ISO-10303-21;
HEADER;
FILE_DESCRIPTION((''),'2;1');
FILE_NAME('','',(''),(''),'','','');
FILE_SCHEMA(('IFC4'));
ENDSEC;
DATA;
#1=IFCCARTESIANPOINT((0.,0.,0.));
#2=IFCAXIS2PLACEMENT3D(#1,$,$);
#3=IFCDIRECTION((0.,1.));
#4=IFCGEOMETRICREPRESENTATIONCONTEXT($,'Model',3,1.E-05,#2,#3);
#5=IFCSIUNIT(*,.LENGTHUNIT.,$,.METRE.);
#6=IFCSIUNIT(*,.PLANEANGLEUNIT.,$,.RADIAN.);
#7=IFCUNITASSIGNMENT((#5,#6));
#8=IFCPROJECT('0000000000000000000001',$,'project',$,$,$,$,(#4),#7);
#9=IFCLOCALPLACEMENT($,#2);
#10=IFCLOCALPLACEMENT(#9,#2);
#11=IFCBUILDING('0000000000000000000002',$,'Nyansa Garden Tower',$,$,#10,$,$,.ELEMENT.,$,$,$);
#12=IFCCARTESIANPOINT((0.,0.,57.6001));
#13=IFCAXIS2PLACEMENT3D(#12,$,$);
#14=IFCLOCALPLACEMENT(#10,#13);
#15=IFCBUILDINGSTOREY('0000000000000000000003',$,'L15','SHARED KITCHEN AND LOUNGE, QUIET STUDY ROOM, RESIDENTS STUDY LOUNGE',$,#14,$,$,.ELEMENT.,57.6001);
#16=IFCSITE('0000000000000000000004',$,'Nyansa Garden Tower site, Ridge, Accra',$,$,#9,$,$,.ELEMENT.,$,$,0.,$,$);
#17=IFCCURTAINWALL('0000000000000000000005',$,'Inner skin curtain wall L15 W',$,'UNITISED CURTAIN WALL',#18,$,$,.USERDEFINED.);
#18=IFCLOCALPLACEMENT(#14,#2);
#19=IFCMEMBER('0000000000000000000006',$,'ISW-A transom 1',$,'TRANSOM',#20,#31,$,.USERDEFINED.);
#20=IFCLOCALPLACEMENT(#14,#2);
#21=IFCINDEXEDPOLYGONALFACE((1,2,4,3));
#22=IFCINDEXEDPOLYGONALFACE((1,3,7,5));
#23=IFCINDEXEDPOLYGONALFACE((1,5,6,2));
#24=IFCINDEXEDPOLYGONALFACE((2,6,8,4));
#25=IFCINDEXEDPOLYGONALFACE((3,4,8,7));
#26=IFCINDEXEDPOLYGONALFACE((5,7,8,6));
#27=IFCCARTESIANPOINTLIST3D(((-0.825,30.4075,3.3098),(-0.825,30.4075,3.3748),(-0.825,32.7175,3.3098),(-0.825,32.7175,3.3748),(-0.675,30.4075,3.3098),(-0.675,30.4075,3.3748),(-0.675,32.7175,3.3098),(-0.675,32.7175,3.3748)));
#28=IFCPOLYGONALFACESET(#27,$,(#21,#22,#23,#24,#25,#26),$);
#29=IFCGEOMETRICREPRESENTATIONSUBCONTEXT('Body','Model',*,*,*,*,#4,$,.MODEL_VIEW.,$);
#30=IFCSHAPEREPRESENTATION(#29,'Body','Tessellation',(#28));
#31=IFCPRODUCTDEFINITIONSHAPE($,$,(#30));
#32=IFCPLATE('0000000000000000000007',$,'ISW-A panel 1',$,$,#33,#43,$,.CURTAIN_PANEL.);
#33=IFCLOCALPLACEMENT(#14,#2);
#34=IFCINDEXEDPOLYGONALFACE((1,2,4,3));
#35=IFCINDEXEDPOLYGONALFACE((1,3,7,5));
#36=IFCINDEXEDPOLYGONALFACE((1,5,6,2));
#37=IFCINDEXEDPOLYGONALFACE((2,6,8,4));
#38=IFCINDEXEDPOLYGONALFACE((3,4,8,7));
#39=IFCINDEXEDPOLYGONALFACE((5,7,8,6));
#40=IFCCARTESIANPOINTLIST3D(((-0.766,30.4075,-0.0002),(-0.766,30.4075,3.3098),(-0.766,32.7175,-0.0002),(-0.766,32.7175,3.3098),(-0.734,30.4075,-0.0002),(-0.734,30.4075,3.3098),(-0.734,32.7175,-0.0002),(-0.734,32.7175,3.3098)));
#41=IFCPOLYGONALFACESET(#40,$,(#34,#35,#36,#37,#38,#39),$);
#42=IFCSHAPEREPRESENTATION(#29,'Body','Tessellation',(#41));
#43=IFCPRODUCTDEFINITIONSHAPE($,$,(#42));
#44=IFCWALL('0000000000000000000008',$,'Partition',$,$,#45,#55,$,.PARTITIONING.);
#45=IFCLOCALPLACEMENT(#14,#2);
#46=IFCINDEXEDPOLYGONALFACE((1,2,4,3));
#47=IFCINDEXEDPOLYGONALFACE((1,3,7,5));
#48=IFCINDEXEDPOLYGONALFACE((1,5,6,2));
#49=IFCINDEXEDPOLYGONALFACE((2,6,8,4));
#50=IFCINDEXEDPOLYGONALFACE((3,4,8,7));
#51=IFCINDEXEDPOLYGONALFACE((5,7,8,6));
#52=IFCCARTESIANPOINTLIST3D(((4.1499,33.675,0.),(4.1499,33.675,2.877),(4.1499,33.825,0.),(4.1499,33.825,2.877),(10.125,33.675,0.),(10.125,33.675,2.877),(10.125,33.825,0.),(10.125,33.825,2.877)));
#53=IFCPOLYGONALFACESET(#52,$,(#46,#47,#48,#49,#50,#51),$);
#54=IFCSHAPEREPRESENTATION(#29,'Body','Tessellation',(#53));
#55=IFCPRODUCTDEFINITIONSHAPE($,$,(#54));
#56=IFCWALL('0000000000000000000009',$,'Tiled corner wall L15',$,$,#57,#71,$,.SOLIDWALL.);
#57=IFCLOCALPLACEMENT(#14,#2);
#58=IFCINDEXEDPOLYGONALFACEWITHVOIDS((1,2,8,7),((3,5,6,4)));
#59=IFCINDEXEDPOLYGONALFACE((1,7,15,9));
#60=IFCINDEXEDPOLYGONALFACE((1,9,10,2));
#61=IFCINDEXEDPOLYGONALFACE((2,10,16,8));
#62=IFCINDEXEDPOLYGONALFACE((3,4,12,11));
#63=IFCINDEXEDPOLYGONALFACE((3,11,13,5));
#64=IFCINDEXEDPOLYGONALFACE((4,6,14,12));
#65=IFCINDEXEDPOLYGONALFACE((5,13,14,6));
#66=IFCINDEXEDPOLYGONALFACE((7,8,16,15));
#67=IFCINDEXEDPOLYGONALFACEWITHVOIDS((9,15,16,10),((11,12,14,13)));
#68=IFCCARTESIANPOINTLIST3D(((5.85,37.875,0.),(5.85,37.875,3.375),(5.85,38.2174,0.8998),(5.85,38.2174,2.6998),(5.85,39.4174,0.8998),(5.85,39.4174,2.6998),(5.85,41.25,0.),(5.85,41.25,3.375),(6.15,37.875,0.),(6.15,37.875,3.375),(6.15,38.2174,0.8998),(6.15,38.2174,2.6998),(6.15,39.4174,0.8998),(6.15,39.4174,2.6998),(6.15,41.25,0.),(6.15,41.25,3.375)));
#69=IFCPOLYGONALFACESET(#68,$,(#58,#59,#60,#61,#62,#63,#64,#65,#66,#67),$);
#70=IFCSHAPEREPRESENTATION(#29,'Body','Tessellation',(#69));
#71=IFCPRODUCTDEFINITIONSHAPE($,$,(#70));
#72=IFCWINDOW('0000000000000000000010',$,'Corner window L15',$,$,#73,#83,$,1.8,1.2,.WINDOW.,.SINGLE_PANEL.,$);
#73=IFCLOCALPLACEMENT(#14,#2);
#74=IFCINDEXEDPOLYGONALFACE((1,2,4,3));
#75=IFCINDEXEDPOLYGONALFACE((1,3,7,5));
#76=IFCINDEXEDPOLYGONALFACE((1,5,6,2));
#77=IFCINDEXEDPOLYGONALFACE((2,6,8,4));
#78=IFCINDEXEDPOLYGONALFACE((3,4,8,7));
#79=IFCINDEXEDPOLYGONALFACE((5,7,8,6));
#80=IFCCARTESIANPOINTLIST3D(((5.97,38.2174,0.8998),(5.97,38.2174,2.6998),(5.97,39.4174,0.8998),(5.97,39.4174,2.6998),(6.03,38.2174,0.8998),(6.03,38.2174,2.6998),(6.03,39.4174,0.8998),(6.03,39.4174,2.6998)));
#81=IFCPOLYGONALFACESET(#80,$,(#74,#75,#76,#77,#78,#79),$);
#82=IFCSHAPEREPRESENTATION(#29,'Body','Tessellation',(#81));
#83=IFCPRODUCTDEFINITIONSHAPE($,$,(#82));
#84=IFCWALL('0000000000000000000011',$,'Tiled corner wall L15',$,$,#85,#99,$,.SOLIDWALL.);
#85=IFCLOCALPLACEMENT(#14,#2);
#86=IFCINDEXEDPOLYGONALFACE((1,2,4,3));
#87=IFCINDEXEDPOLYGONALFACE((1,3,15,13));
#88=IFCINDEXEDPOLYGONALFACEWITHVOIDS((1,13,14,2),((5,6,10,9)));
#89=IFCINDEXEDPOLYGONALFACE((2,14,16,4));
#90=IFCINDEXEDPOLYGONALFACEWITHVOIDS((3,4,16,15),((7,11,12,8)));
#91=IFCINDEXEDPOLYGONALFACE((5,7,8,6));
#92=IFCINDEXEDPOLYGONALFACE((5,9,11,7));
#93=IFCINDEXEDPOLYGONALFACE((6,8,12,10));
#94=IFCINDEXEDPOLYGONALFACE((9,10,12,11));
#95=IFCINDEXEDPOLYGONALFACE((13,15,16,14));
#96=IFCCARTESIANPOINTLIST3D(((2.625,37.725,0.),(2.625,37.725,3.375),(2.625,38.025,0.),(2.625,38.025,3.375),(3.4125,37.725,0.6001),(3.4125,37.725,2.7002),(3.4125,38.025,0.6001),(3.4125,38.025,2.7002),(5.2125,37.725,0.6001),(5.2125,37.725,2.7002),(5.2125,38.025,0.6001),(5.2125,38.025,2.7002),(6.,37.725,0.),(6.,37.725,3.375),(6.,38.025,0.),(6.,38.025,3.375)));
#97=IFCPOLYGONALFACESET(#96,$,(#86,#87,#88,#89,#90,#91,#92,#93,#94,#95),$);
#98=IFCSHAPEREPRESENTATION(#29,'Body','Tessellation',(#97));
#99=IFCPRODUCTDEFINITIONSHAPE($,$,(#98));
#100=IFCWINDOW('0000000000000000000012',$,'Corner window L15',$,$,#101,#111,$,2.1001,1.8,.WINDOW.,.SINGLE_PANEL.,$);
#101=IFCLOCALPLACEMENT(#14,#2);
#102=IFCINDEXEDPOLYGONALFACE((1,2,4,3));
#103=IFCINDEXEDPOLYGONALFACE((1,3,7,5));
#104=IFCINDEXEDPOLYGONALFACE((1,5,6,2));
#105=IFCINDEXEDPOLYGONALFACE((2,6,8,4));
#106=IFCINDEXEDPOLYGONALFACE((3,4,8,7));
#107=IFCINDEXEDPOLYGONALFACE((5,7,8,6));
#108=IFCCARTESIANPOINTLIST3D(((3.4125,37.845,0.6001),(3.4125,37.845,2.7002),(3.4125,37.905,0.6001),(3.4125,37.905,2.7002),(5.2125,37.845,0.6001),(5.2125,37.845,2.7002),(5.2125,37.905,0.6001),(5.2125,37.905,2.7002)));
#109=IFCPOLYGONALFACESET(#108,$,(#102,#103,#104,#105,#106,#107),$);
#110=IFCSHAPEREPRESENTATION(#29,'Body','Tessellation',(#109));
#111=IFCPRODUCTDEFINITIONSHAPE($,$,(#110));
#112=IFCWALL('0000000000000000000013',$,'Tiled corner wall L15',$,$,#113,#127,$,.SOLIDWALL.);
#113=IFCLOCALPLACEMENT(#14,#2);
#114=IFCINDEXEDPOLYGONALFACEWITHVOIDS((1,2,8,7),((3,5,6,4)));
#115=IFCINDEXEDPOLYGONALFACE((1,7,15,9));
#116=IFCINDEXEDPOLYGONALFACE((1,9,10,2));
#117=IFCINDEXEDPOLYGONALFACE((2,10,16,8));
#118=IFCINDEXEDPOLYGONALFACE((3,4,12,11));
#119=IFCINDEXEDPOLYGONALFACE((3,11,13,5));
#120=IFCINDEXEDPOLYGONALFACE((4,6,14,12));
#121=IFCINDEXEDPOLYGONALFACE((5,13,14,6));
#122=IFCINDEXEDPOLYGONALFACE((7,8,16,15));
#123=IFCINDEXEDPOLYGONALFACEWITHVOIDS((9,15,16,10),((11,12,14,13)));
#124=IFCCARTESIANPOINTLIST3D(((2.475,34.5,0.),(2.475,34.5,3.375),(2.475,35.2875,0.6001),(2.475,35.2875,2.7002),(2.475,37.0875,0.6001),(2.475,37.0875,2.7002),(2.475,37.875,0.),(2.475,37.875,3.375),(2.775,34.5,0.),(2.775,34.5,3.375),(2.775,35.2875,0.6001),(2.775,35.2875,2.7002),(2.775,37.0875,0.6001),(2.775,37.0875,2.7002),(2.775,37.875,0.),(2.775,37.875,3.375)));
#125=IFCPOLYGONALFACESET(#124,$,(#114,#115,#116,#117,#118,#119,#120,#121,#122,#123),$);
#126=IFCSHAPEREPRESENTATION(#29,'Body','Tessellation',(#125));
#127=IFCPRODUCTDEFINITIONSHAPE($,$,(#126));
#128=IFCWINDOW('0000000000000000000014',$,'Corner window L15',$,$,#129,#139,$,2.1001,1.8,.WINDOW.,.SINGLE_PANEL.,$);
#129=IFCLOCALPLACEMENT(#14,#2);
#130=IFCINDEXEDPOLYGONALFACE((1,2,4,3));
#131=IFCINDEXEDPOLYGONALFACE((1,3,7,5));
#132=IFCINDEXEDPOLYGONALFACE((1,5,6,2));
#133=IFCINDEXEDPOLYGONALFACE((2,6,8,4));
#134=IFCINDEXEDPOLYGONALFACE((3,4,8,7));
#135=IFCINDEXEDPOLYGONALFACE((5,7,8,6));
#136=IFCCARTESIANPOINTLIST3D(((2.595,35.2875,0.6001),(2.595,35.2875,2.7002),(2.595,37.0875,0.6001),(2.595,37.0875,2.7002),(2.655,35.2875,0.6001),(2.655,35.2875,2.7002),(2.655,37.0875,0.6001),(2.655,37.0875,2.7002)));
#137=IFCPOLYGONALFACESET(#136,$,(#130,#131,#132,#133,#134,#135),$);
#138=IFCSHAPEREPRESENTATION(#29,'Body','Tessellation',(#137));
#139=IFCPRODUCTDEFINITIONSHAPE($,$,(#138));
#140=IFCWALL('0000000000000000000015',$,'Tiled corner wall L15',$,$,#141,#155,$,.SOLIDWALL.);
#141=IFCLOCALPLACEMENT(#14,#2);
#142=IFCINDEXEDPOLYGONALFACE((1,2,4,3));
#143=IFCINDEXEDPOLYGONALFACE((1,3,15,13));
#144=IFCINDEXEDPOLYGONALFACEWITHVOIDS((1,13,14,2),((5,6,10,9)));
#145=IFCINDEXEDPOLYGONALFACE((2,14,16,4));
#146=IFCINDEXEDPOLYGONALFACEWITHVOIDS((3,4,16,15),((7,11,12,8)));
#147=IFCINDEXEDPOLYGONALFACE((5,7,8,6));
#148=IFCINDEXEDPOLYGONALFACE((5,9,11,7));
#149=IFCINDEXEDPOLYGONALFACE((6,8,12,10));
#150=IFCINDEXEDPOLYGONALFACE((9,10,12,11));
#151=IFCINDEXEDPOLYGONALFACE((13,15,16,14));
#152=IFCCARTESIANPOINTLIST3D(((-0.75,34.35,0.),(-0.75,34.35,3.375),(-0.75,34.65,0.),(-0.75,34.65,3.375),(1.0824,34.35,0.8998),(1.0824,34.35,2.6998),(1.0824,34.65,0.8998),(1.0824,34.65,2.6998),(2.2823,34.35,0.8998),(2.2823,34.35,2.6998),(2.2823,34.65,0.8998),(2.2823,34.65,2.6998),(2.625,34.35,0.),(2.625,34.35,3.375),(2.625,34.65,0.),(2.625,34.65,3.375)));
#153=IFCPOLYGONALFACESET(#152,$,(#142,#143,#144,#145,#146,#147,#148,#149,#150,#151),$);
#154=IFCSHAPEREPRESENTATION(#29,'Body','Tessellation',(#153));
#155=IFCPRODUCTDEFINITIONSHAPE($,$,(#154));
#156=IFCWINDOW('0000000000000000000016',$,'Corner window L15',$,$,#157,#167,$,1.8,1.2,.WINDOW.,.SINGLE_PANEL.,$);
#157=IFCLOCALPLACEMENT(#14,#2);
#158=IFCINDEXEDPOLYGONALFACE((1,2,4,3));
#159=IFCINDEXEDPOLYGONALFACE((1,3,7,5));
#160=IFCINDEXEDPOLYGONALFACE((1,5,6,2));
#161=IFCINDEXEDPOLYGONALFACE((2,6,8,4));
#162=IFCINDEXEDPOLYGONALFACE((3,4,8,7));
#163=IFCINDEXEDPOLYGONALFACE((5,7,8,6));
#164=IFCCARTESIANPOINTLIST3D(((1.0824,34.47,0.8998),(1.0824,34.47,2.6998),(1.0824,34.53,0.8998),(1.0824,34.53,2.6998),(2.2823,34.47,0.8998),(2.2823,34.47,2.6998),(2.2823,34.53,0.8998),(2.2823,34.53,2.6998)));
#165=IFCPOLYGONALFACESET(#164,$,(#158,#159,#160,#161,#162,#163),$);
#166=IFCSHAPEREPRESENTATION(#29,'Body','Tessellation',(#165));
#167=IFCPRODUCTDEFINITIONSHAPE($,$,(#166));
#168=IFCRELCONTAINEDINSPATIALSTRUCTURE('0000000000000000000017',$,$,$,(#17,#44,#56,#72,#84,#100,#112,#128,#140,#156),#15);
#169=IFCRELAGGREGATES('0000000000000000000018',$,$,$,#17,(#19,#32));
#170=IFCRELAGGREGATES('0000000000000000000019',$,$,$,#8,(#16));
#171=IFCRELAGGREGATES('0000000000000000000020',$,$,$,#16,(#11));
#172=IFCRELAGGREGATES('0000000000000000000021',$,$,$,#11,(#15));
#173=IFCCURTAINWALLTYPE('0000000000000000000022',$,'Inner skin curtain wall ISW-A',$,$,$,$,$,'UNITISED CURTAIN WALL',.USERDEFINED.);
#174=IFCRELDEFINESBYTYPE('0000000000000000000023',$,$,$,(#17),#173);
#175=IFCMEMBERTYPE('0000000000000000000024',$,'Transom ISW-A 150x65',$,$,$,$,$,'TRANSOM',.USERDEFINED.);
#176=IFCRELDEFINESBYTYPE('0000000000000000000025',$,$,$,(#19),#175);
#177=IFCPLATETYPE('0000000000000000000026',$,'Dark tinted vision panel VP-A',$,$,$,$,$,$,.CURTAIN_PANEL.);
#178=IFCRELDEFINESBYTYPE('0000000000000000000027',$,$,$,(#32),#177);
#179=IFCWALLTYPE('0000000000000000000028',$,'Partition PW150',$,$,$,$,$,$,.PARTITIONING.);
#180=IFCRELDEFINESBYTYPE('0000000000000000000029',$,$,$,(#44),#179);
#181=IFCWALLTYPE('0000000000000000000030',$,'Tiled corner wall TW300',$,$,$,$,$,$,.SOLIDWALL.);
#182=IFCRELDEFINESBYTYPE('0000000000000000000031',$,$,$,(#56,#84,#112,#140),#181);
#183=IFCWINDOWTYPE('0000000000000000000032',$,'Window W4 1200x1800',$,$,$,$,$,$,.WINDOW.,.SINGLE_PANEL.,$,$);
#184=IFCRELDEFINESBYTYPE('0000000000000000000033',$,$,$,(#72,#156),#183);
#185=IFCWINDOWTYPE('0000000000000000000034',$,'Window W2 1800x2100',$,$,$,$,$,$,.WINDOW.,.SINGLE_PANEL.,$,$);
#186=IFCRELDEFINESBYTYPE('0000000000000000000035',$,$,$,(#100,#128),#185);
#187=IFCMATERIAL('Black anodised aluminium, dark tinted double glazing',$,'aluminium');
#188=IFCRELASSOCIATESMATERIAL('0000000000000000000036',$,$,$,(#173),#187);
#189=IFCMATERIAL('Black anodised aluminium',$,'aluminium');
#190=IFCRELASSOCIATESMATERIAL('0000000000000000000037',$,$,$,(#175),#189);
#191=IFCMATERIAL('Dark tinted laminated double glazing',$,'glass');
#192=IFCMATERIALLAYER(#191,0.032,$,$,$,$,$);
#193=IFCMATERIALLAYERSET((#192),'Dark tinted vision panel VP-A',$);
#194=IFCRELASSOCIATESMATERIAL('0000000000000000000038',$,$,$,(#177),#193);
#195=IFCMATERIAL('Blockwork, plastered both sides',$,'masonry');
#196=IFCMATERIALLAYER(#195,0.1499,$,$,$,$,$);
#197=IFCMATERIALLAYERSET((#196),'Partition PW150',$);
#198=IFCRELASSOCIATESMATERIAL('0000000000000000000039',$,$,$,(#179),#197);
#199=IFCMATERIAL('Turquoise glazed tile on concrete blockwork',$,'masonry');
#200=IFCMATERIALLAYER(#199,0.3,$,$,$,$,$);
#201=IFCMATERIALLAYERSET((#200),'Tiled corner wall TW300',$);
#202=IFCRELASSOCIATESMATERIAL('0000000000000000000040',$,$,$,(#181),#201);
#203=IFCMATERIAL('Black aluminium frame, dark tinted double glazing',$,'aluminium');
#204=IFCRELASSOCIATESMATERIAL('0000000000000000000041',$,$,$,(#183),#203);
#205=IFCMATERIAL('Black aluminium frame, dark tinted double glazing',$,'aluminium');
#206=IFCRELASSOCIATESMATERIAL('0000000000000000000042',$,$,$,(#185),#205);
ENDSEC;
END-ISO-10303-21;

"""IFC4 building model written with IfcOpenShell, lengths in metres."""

from ifc_helpers import new_model, si_unit, direction, frame, frame_2d, origin, origin_2d, place, context, subcontext, project, spatial, rectangle, extrude, material, layer, layer_set, material_profile, profile_set, type_object, element, fill, aggregate, save


model = new_model("IFC4")

# Units and contexts
model_context = context("Model", 3, precision=1e-05, world=origin(), true_north=direction((0.0, 1.0)))
body_context = subcontext(model_context, "Body", "Model", "MODEL_VIEW")
ifc_project = project(units=[si_unit("LENGTHUNIT", "METRE"), si_unit("PLANEANGLEUNIT", "RADIAN")], contexts=[model_context])

# Site, building, storey
site_placement = place(None, origin())
site = spatial("IfcSite", under=ifc_project, at=site_placement, Name="Nyansa Garden Tower site, Ridge, Accra", CompositionType="ELEMENT", RefElevation=0.0)
building_placement = place(site_placement, origin())
building = spatial("IfcBuilding", under=site, at=building_placement, Name="Nyansa Garden Tower", CompositionType="ELEMENT")
storey_placement = place(building_placement, frame((0.0, 0.0, 57.6001)))
storey = spatial("IfcBuildingStorey", under=building, at=storey_placement, Name="L15", Description="SHARED KITCHEN AND LOUNGE, QUIET STUDY ROOM, RESIDENTS STUDY LOUNGE", CompositionType="ELEMENT", Elevation=57.6001)

# Curtain wall
ifc_material_1 = material(Name="Black anodised aluminium, dark tinted double glazing", Category="aluminium")
curtain_wall_type = type_object("IfcCurtainWallType", Name="Inner skin curtain wall ISW-A", ElementType="UNITISED CURTAIN WALL", PredefinedType="USERDEFINED", material=ifc_material_1)
curtain_wall_placement = place(storey_placement, origin())
curtain_wall = element("IfcCurtainWall", 1, at=curtain_wall_placement, inside=storey, type_object=curtain_wall_type, Name="Inner skin curtain wall L15 W", ObjectType="UNITISED CURTAIN WALL", PredefinedType="USERDEFINED")

# Member
ifc_material_2 = material(Name="Black anodised aluminium", Category="aluminium")
ifc_material_profile_1 = material_profile(ifc_material_2, rectangle(XDim=0.1499, YDim=0.0649, at=origin_2d()), Name="Transom 150x65")
ifc_profile_set_1 = profile_set([ifc_material_profile_1], Name="Black anodised aluminium")
member_type_1 = type_object("IfcMemberType", Name="Transom ISW-A 150x65", ElementType="TRANSOM", PredefinedType="USERDEFINED", material=ifc_profile_set_1)
member_1_placement = place(storey_placement, frame((-0.75, 32.7175, 3.3423), z_axis=(0.0, -1.0, 0.0), x_axis=(1.0, 0.0, 0.0)))
member_1 = element("IfcMember", 2, at=member_1_placement, type_object=member_type_1, Name="ISW-A transom 1", ObjectType="TRANSOM", PredefinedType="USERDEFINED", context=body_context, shape_type="SweptSolid", body=[
    extrude(rectangle(XDim=0.1499, YDim=0.0649, at=origin_2d()), origin(), (0.0, 0.0, 1.0), 2.3101),
])

# Plate
ifc_material_3 = material(Name="Dark tinted laminated double glazing", Category="glass")
ifc_layer_1 = layer(ifc_material_3, 0.032)
ifc_layer_set_1 = layer_set([ifc_layer_1], Name="Dark tinted vision panel VP-A")
plate_type = type_object("IfcPlateType", Name="Dark tinted vision panel VP-A", PredefinedType="CURTAIN_PANEL", material=ifc_layer_set_1)
plate_placement = place(storey_placement, frame((-0.75, 31.5625, -0.0002), z_axis=(0.0, 0.0, 1.0), x_axis=(0.0, -1.0, 0.0)))
plate = element("IfcPlate", 3, at=plate_placement, type_object=plate_type, Name="ISW-A panel 1", PredefinedType="CURTAIN_PANEL", context=body_context, shape_type="SweptSolid", body=[
    extrude(rectangle(XDim=2.3101, YDim=0.032, at=origin_2d()), origin(), (0.0, 0.0, 1.0), 3.3101),
])
aggregate(curtain_wall, [member_1, plate])

# Wall
ifc_material_4 = material(Name="Blockwork, plastered both sides", Category="masonry")
ifc_layer_2 = layer(ifc_material_4, 0.1499)
ifc_layer_set_2 = layer_set([ifc_layer_2], Name="Partition PW150")
wall_type_1 = type_object("IfcWallType", Name="Partition PW150", PredefinedType="PARTITIONING", material=ifc_layer_set_2)
wall_1_placement = place(storey_placement, frame((4.1499, 33.75, 0.0), z_axis=(0.0, 0.0, 1.0), x_axis=(1.0, 0.0, 0.0)))
element("IfcWall", 4, at=wall_1_placement, inside=storey, type_object=wall_type_1, Name="Partition", PredefinedType="PARTITIONING", context=body_context, shape_type="SweptSolid", body=[
    extrude(rectangle(XDim=5.9751, YDim=0.1499, at=frame_2d((2.9875, 0.0))), origin(), (0.0, 0.0, 1.0), 2.877),
])

# Walls, openings, windows
ifc_material_5 = material(Name="Turquoise glazed tile on concrete blockwork", Category="masonry")
ifc_layer_3 = layer(ifc_material_5, 0.3)
ifc_layer_set_3 = layer_set([ifc_layer_3], Name="Tiled corner wall TW300")
wall_type_2 = type_object("IfcWallType", Name="Tiled corner wall TW300", PredefinedType="SOLIDWALL", material=ifc_layer_set_3)
wall_2_placement = place(storey_placement, frame((6.0, 41.25, 0.0), z_axis=(0.0, 0.0, 1.0), x_axis=(0.0, -1.0, 0.0)))
wall_2 = element("IfcWall", 5, at=wall_2_placement, inside=storey, type_object=wall_type_2, Name="Tiled corner wall L15", PredefinedType="SOLIDWALL", context=body_context, shape_type="SweptSolid", body=[
    extrude(rectangle(XDim=3.375, YDim=0.3, at=frame_2d((1.6875, 0.0))), origin(), (0.0, 0.0, 1.0), 3.375),
])
opening_1_placement = place(wall_2_placement, frame((1.8325, 0.0, 0.8999)))
opening_1 = element("IfcOpeningElement", 6, at=opening_1_placement, cuts=wall_2, PredefinedType="OPENING", context=body_context, shape_type="SweptSolid", body=[
    extrude(rectangle(XDim=1.2, YDim=1.8, at=frame_2d((0.6001, 0.8999))), frame((0.0, 0.1599, 0.0), z_axis=(0.0, -1.0, 0.0), x_axis=(1.0, 0.0, 0.0)), (0.0, 0.0, 1.0), 0.3201),
])
ifc_material_6 = material(Name="Black aluminium frame, dark tinted double glazing", Category="aluminium")
window_type_1 = type_object("IfcWindowType", Name="Window W4 1200x1800", PartitioningType="SINGLE_PANEL", PredefinedType="WINDOW", material=ifc_material_6)
window_1_placement = place(opening_1_placement, origin())
window_1 = element("IfcWindow", 7, at=window_1_placement, inside=storey, type_object=window_type_1, Name="Corner window L15", OverallHeight=1.8, OverallWidth=1.2, PartitioningType="SINGLE_PANEL", PredefinedType="WINDOW", context=body_context, shape_type="SweptSolid", body=[
    extrude(rectangle(XDim=1.2, YDim=1.8, at=frame_2d((0.6001, 0.8999))), frame((0.0, 0.03, 0.0), z_axis=(0.0, -1.0, 0.0), x_axis=(1.0, 0.0, 0.0)), (0.0, 0.0, 1.0), 0.0601),
])
fill(opening_1, window_1)
wall_3_placement = place(storey_placement, frame((6.0, 37.875, 0.0), z_axis=(0.0, 0.0, 1.0), x_axis=(-1.0, 0.0, 0.0)))
wall_3 = element("IfcWall", 8, at=wall_3_placement, inside=storey, type_object=wall_type_2, Name="Tiled corner wall L15", PredefinedType="SOLIDWALL", context=body_context, shape_type="SweptSolid", body=[
    extrude(rectangle(XDim=3.375, YDim=0.3, at=frame_2d((1.6875, 0.0))), origin(), (0.0, 0.0, 1.0), 3.375),
])
opening_2_placement = place(wall_3_placement, frame((0.7876, 0.0, 0.6001)))
opening_2 = element("IfcOpeningElement", 9, at=opening_2_placement, cuts=wall_3, PredefinedType="OPENING", context=body_context, shape_type="SweptSolid", body=[
    extrude(rectangle(XDim=1.8, YDim=2.1001, at=frame_2d((0.8999, 1.05))), frame((0.0, 0.1599, 0.0), z_axis=(0.0, -1.0, 0.0), x_axis=(1.0, 0.0, 0.0)), (0.0, 0.0, 1.0), 0.3201),
])
ifc_material_7 = material(Name="Black aluminium frame, dark tinted double glazing", Category="aluminium")
window_type_2 = type_object("IfcWindowType", Name="Window W2 1800x2100", PartitioningType="SINGLE_PANEL", PredefinedType="WINDOW", material=ifc_material_7)
window_2_placement = place(opening_2_placement, origin())
window_2 = element("IfcWindow", 10, at=window_2_placement, inside=storey, type_object=window_type_2, Name="Corner window L15", OverallHeight=2.1001, OverallWidth=1.8, PartitioningType="SINGLE_PANEL", PredefinedType="WINDOW", context=body_context, shape_type="SweptSolid", body=[
    extrude(rectangle(XDim=1.8, YDim=2.1001, at=frame_2d((0.8999, 1.05))), frame((0.0, 0.03, 0.0), z_axis=(0.0, -1.0, 0.0), x_axis=(1.0, 0.0, 0.0)), (0.0, 0.0, 1.0), 0.0601),
])
fill(opening_2, window_2)
wall_4_placement = place(storey_placement, frame((2.625, 37.875, 0.0), z_axis=(0.0, 0.0, 1.0), x_axis=(0.0, -1.0, 0.0)))
wall_4 = element("IfcWall", 11, at=wall_4_placement, inside=storey, type_object=wall_type_2, Name="Tiled corner wall L15", PredefinedType="SOLIDWALL", context=body_context, shape_type="SweptSolid", body=[
    extrude(rectangle(XDim=3.375, YDim=0.3, at=frame_2d((1.6875, 0.0))), origin(), (0.0, 0.0, 1.0), 3.375),
])
opening_3_placement = place(wall_4_placement, frame((0.7876, 0.0, 0.6001)))
opening_3 = element("IfcOpeningElement", 12, at=opening_3_placement, cuts=wall_4, PredefinedType="OPENING", context=body_context, shape_type="SweptSolid", body=[
    extrude(rectangle(XDim=1.8, YDim=2.1001, at=frame_2d((0.8999, 1.05))), frame((0.0, 0.1599, 0.0), z_axis=(0.0, -1.0, 0.0), x_axis=(1.0, 0.0, 0.0)), (0.0, 0.0, 1.0), 0.3201),
])
window_3_placement = place(opening_3_placement, origin())
window_3 = element("IfcWindow", 13, at=window_3_placement, inside=storey, type_object=window_type_2, Name="Corner window L15", OverallHeight=2.1001, OverallWidth=1.8, PartitioningType="SINGLE_PANEL", PredefinedType="WINDOW", context=body_context, shape_type="SweptSolid", body=[
    extrude(rectangle(XDim=1.8, YDim=2.1001, at=frame_2d((0.8999, 1.05))), frame((0.0, 0.03, 0.0), z_axis=(0.0, -1.0, 0.0), x_axis=(1.0, 0.0, 0.0)), (0.0, 0.0, 1.0), 0.0601),
])
fill(opening_3, window_3)
wall_5_placement = place(storey_placement, frame((2.625, 34.5, 0.0), z_axis=(0.0, 0.0, 1.0), x_axis=(-1.0, 0.0, 0.0)))
wall_5 = element("IfcWall", 14, at=wall_5_placement, inside=storey, type_object=wall_type_2, Name="Tiled corner wall L15", PredefinedType="SOLIDWALL", context=body_context, shape_type="SweptSolid", body=[
    extrude(rectangle(XDim=3.375, YDim=0.3, at=frame_2d((1.6875, 0.0))), origin(), (0.0, 0.0, 1.0), 3.375),
])
opening_4_placement = place(wall_5_placement, frame((0.3425, 0.0, 0.8999)))
opening_4 = element("IfcOpeningElement", 15, at=opening_4_placement, cuts=wall_5, PredefinedType="OPENING", context=body_context, shape_type="SweptSolid", body=[
    extrude(rectangle(XDim=1.2, YDim=1.8, at=frame_2d((0.6001, 0.8999))), frame((0.0, 0.1599, 0.0), z_axis=(0.0, -1.0, 0.0), x_axis=(1.0, 0.0, 0.0)), (0.0, 0.0, 1.0), 0.3201),
])
window_4_placement = place(opening_4_placement, origin())
window_4 = element("IfcWindow", 16, at=window_4_placement, inside=storey, type_object=window_type_1, Name="Corner window L15", OverallHeight=1.8, OverallWidth=1.2, PartitioningType="SINGLE_PANEL", PredefinedType="WINDOW", context=body_context, shape_type="SweptSolid", body=[
    extrude(rectangle(XDim=1.2, YDim=1.8, at=frame_2d((0.6001, 0.8999))), frame((0.0, 0.03, 0.0), z_axis=(0.0, -1.0, 0.0), x_axis=(1.0, 0.0, 0.0)), (0.0, 0.0, 1.0), 0.0601),
])
fill(opening_4, window_4)

save(model, "model.ifc")
